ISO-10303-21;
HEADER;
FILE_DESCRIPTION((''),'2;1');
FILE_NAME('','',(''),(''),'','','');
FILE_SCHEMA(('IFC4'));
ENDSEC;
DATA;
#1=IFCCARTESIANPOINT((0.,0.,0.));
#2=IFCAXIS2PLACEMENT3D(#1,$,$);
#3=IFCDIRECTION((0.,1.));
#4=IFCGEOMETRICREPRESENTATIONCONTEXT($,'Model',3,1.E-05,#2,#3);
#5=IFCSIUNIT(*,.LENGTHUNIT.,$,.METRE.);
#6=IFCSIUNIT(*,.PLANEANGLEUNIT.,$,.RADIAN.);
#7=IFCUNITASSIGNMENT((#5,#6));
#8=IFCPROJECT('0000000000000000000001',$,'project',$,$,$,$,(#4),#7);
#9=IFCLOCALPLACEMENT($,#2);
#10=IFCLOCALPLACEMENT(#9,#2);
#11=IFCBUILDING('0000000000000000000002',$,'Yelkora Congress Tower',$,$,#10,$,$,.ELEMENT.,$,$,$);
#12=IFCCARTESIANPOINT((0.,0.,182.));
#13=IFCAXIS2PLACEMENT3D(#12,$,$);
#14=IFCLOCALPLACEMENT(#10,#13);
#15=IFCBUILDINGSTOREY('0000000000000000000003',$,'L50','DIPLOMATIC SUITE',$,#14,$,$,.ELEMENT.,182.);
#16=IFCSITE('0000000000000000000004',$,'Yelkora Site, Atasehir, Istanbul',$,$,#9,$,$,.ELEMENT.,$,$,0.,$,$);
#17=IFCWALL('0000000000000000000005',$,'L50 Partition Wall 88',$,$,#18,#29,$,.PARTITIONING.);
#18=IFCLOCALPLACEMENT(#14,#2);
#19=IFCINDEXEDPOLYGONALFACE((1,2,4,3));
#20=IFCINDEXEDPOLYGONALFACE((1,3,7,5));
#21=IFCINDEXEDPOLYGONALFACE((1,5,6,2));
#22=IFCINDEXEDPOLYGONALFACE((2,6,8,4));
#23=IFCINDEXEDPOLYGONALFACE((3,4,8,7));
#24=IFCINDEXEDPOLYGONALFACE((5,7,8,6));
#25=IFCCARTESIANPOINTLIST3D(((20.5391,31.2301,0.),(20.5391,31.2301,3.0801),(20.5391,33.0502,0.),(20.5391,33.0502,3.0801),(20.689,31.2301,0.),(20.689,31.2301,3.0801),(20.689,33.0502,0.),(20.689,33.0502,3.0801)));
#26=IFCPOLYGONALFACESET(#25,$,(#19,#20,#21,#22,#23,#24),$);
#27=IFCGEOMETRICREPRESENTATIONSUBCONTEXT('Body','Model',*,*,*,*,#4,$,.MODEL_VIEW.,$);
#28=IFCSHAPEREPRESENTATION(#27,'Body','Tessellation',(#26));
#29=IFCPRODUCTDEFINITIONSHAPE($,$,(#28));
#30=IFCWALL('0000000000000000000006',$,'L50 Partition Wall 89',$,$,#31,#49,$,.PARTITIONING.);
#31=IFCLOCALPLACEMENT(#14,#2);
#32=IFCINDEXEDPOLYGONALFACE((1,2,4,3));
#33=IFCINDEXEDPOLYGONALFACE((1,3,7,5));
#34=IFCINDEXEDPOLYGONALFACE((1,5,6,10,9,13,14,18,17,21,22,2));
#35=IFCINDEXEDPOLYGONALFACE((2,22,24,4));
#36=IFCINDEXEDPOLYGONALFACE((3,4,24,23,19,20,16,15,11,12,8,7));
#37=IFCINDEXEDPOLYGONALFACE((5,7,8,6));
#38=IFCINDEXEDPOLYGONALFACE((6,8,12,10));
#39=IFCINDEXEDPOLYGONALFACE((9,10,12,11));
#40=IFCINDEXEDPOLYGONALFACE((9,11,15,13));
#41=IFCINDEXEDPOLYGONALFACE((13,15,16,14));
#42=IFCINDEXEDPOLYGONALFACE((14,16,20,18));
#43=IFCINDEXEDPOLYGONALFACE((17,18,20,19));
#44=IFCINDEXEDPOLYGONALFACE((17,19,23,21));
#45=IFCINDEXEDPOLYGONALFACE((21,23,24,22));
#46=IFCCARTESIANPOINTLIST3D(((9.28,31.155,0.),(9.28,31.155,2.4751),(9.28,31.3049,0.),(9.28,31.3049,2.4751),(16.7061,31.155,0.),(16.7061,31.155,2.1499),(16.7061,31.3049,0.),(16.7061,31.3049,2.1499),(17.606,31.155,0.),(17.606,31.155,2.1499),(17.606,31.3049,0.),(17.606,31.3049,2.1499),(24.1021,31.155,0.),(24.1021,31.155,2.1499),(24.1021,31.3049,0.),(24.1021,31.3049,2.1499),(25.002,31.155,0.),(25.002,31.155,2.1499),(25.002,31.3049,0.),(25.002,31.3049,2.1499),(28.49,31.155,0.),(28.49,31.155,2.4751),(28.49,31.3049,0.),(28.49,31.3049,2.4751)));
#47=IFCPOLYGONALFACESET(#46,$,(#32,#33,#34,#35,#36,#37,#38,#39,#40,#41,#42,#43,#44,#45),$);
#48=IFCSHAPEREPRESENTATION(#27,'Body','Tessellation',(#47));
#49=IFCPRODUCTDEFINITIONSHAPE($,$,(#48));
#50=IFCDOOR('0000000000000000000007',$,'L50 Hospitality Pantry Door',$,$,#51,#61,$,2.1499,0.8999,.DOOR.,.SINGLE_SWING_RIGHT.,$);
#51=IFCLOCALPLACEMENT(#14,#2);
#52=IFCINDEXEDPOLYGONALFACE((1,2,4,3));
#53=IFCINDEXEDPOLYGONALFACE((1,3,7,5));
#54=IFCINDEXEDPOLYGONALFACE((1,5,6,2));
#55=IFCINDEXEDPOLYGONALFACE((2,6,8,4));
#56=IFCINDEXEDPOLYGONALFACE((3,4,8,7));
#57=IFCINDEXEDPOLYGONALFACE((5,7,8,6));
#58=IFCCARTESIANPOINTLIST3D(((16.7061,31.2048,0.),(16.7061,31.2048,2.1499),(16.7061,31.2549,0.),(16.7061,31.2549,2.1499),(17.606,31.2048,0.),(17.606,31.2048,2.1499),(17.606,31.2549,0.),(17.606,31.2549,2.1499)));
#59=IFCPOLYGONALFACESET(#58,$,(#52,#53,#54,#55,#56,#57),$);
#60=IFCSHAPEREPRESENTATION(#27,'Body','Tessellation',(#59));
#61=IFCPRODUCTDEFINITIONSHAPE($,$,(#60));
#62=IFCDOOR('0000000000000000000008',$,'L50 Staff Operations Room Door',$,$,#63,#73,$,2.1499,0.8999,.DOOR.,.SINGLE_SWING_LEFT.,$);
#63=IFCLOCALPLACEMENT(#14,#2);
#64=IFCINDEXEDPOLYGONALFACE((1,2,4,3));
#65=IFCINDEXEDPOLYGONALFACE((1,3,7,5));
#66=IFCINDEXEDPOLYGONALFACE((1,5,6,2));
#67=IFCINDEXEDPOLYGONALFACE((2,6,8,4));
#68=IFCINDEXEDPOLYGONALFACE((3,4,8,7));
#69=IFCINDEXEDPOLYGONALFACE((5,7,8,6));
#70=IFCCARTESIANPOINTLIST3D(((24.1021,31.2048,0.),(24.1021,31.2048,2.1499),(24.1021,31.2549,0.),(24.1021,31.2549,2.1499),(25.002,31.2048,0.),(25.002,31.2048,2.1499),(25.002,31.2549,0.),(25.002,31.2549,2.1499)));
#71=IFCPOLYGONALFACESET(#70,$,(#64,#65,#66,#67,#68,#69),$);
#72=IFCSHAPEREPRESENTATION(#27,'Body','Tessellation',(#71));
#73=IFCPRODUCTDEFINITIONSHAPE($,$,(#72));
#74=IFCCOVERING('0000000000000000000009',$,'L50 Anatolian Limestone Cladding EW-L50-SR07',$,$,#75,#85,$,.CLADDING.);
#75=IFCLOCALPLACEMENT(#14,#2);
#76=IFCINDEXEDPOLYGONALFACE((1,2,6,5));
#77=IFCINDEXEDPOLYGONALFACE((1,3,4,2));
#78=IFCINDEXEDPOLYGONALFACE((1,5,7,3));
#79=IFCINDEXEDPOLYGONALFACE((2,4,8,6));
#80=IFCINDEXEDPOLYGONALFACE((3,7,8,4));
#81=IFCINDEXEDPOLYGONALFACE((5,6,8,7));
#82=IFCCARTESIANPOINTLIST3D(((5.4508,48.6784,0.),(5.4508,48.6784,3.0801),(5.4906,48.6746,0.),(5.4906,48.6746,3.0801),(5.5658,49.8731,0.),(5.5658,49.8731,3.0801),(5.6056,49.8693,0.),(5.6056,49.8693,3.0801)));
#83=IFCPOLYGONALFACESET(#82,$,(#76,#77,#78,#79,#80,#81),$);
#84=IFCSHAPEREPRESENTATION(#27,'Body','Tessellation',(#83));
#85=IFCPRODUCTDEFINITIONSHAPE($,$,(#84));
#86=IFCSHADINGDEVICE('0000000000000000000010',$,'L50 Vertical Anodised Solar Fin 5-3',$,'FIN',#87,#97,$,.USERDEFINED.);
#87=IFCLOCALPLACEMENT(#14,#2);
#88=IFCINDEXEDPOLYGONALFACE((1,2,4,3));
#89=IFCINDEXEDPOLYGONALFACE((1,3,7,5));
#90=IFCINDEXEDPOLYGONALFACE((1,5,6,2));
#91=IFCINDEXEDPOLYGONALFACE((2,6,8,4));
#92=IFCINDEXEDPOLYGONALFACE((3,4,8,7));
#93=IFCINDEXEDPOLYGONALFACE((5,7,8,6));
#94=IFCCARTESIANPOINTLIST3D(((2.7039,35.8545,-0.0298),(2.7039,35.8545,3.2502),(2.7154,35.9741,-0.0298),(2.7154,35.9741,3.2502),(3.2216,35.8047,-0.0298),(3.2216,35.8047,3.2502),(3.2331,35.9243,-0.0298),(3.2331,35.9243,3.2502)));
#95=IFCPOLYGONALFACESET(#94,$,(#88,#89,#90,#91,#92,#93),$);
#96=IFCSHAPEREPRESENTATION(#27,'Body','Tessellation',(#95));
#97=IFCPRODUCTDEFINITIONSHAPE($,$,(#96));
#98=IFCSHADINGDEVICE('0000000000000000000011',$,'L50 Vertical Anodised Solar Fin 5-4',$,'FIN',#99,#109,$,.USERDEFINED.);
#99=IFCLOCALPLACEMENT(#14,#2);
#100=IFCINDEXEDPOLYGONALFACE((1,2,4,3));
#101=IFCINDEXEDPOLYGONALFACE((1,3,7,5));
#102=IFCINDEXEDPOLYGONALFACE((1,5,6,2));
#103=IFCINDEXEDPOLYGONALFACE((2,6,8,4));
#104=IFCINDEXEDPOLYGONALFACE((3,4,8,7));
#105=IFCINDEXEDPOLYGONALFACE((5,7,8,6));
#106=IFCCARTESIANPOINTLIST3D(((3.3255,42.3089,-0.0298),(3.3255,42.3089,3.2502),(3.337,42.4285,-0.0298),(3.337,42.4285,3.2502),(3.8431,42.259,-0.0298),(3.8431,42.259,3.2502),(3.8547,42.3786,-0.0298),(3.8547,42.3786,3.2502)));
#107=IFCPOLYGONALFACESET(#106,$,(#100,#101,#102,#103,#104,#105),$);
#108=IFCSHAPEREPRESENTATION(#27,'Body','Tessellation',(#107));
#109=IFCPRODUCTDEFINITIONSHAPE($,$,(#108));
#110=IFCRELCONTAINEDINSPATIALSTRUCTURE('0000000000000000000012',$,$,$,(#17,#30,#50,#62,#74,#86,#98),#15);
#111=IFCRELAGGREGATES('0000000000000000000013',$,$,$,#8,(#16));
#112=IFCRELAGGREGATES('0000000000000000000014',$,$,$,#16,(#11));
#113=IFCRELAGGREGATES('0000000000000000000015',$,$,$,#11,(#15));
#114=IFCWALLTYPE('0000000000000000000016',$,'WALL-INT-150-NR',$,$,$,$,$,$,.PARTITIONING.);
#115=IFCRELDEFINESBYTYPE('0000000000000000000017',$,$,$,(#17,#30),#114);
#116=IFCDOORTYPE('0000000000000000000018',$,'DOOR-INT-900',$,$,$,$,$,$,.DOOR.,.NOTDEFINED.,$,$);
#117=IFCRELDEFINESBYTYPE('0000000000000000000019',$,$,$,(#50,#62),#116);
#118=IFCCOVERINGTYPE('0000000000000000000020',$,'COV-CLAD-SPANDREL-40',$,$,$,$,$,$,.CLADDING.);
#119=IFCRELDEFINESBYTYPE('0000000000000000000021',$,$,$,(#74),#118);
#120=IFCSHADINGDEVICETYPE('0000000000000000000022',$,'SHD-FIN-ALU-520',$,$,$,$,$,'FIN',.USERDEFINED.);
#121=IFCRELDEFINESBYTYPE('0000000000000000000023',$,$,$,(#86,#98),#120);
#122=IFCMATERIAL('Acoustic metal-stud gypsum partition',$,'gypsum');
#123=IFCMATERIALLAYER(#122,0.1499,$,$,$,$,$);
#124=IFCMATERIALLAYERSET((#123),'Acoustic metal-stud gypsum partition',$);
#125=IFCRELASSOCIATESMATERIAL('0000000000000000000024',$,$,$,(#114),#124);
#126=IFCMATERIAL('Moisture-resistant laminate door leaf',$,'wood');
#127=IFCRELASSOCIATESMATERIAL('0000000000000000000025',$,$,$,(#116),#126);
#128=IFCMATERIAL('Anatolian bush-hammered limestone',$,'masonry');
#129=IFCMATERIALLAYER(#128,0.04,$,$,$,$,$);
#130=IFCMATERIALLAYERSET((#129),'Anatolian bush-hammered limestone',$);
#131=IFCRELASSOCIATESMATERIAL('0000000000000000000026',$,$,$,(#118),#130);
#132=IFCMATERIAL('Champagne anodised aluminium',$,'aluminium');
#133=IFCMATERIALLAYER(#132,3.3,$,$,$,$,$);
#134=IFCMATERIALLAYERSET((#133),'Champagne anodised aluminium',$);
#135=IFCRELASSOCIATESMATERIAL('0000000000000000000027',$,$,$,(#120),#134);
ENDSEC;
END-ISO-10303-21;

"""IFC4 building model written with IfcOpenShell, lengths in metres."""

from ifc_helpers import new_model, si_unit, direction, frame, frame_2d, origin, origin_2d, place, context, subcontext, project, spatial, rectangle, extrude, material, layer, layer_set, type_object, element, fill, save


model = new_model("IFC4")

# Units and contexts
model_context = context("Model", 3, precision=1e-05, world=origin(), true_north=direction((0.0, 1.0)))
body_context = subcontext(model_context, "Body", "Model", "MODEL_VIEW")
ifc_project = project(units=[si_unit("LENGTHUNIT", "METRE"), si_unit("PLANEANGLEUNIT", "RADIAN")], contexts=[model_context])

# Site, building, storey
site_placement = place(None, origin())
site = spatial("IfcSite", under=ifc_project, at=site_placement, Name="Yelkora Site, Atasehir, Istanbul", CompositionType="ELEMENT", RefElevation=0.0)
building_placement = place(site_placement, origin())
building = spatial("IfcBuilding", under=site, at=building_placement, Name="Yelkora Congress Tower", CompositionType="ELEMENT")
storey_placement = place(building_placement, frame((0.0, 0.0, 182.0)))
storey = spatial("IfcBuildingStorey", under=building, at=storey_placement, Name="L50", Description="DIPLOMATIC SUITE", CompositionType="ELEMENT", Elevation=182.0)

# Wall
ifc_material_1 = material(Name="Acoustic metal-stud gypsum partition", Category="gypsum")
ifc_layer_1 = layer(ifc_material_1, 0.1499)
ifc_layer_set_1 = layer_set([ifc_layer_1], Name="Acoustic metal-stud gypsum partition")
wall_type_1 = type_object("IfcWallType", Name="WALL-INT-150-NR", PredefinedType="PARTITIONING", material=ifc_layer_set_1)
for number, where, z_axis, x_axis, name in (
    (1, (20.614, 31.23, 0.0), (0.0, 0.0, 1.0), (0.0, 1.0, 0.0), "L50 Partition Wall 88"),
):
    element("IfcWall", number, at=place(storey_placement, frame(where, z_axis=z_axis, x_axis=x_axis)), inside=storey, type_object=wall_type_1, Name=name, PredefinedType="PARTITIONING", context=body_context, shape_type="SweptSolid", body=[
        extrude(rectangle(XDim=1.8201, YDim=0.1499, at=frame_2d((0.9102, 0.0))), origin(), (0.0, 0.0, 1.0), 3.0801),
    ])

# Wall, openings, doors
wall_1_placement = place(storey_placement, frame((9.28, 31.23, 0.0), z_axis=(0.0, 0.0, 1.0), x_axis=(1.0, 0.0, 0.0)))
wall_1 = element("IfcWall", 2, at=wall_1_placement, inside=storey, type_object=wall_type_1, Name="L50 Partition Wall 89", PredefinedType="PARTITIONING", context=body_context, shape_type="SweptSolid", body=[
    extrude(rectangle(XDim=19.21, YDim=0.1499, at=frame_2d((9.605, 0.0))), origin(), (0.0, 0.0, 1.0), 2.4751),
])
opening_1_placement = place(wall_1_placement, frame((7.426, 0.0, 0.0)))
opening_1 = element("IfcOpeningElement", 3, at=opening_1_placement, cuts=wall_1, PredefinedType="OPENING", context=body_context, shape_type="SweptSolid", body=[
    extrude(rectangle(XDim=0.8999, YDim=2.1499, at=frame_2d((0.45, 1.075))), frame((0.0, 0.085, 0.0), z_axis=(0.0, -1.0, 0.0), x_axis=(1.0, 0.0, 0.0)), (0.0, 0.0, 1.0), 0.1699),
])
opening_2_placement = place(wall_1_placement, frame((14.822, 0.0, 0.0)))
opening_2 = element("IfcOpeningElement", 4, at=opening_2_placement, cuts=wall_1, PredefinedType="OPENING", context=body_context, shape_type="SweptSolid", body=[
    extrude(rectangle(XDim=0.8999, YDim=2.1499, at=frame_2d((0.45, 1.075))), frame((0.0, 0.085, 0.0), z_axis=(0.0, -1.0, 0.0), x_axis=(1.0, 0.0, 0.0)), (0.0, 0.0, 1.0), 0.1699),
])
ifc_material_2 = material(Name="Moisture-resistant laminate door leaf", Category="wood")
door_type = type_object("IfcDoorType", Name="DOOR-INT-900", OperationType="NOTDEFINED", PredefinedType="DOOR", material=ifc_material_2)
door_1_placement = place(opening_1_placement, origin())
door_1 = element("IfcDoor", 5, at=door_1_placement, inside=storey, type_object=door_type, Name="L50 Hospitality Pantry Door", OperationType="SINGLE_SWING_RIGHT", OverallHeight=2.1499, OverallWidth=0.8999, PredefinedType="DOOR", context=body_context, shape_type="SweptSolid", body=[
    extrude(rectangle(XDim=0.8999, YDim=2.1499, at=frame_2d((0.45, 1.075))), frame((0.0, 0.0249, 0.0), z_axis=(0.0, -1.0, 0.0), x_axis=(1.0, 0.0, 0.0)), (0.0, 0.0, 1.0), 0.05),
])
fill(opening_1, door_1)
door_2_placement = place(opening_2_placement, origin())
door_2 = element("IfcDoor", 6, at=door_2_placement, inside=storey, type_object=door_type, Name="L50 Staff Operations Room Door", OperationType="SINGLE_SWING_LEFT", OverallHeight=2.1499, OverallWidth=0.8999, PredefinedType="DOOR", context=body_context, shape_type="SweptSolid", body=[
    extrude(rectangle(XDim=0.8999, YDim=2.1499, at=frame_2d((0.45, 1.075))), frame((0.0, 0.0249, 0.0), z_axis=(0.0, -1.0, 0.0), x_axis=(1.0, 0.0, 0.0)), (0.0, 0.0, 1.0), 0.05),
])
fill(opening_2, door_2)

# Covering
ifc_material_3 = material(Name="Anatolian bush-hammered limestone", Category="masonry")
ifc_layer_2 = layer(ifc_material_3, 0.04)
ifc_layer_set_2 = layer_set([ifc_layer_2], Name="Anatolian bush-hammered limestone")
covering_type = type_object("IfcCoveringType", Name="COV-CLAD-SPANDREL-40", PredefinedType="CLADDING", material=ifc_layer_set_2)
covering_placement = place(storey_placement, frame((5.4707, 48.6765, 0.0), z_axis=(0.0, 0.0, 1.0), x_axis=(0.095817, 0.995399, 0.0)))
element("IfcCovering", 7, at=covering_placement, inside=storey, type_object=covering_type, Name="L50 Anatolian Limestone Cladding EW-L50-SR07", PredefinedType="CLADDING", context=body_context, shape_type="SweptSolid", body=[
    extrude(rectangle(XDim=1.2002, YDim=0.04, at=frame_2d((0.6001, 0.0))), origin(), (0.0, 0.0, 1.0), 3.0801),
])

# Shading devices
ifc_material_4 = material(Name="Champagne anodised aluminium", Category="aluminium")
ifc_layer_3 = layer(ifc_material_4, 3.3)
ifc_layer_set_3 = layer_set([ifc_layer_3], Name="Champagne anodised aluminium")
shading_device_type = type_object("IfcShadingDeviceType", Name="SHD-FIN-ALU-520", ElementType="FIN", PredefinedType="USERDEFINED", material=ifc_layer_set_3)
for number, where, z_axis, x_axis, name in (
    (8, (2.9685, 35.8894, -0.0298), (0.0, 0.0, 1.0), (0.095846, 0.995396, 0.0), "L50 Vertical Anodised Solar Fin 5-3"),
    (9, (3.5901, 42.3438, -0.0298), (0.0, 0.0, 1.0), (0.095846, 0.995396, 0.0), "L50 Vertical Anodised Solar Fin 5-4"),
):
    element("IfcShadingDevice", number, at=place(storey_placement, frame(where, z_axis=z_axis, x_axis=x_axis)), inside=storey, type_object=shading_device_type, Name=name, ObjectType="FIN", PredefinedType="USERDEFINED", context=body_context, shape_type="SweptSolid", body=[
        extrude(rectangle(XDim=0.1201, YDim=0.52, at=origin_2d()), origin(), (0.0, 0.0, 1.0), 3.28),
    ])

save(model, "model.ifc")
